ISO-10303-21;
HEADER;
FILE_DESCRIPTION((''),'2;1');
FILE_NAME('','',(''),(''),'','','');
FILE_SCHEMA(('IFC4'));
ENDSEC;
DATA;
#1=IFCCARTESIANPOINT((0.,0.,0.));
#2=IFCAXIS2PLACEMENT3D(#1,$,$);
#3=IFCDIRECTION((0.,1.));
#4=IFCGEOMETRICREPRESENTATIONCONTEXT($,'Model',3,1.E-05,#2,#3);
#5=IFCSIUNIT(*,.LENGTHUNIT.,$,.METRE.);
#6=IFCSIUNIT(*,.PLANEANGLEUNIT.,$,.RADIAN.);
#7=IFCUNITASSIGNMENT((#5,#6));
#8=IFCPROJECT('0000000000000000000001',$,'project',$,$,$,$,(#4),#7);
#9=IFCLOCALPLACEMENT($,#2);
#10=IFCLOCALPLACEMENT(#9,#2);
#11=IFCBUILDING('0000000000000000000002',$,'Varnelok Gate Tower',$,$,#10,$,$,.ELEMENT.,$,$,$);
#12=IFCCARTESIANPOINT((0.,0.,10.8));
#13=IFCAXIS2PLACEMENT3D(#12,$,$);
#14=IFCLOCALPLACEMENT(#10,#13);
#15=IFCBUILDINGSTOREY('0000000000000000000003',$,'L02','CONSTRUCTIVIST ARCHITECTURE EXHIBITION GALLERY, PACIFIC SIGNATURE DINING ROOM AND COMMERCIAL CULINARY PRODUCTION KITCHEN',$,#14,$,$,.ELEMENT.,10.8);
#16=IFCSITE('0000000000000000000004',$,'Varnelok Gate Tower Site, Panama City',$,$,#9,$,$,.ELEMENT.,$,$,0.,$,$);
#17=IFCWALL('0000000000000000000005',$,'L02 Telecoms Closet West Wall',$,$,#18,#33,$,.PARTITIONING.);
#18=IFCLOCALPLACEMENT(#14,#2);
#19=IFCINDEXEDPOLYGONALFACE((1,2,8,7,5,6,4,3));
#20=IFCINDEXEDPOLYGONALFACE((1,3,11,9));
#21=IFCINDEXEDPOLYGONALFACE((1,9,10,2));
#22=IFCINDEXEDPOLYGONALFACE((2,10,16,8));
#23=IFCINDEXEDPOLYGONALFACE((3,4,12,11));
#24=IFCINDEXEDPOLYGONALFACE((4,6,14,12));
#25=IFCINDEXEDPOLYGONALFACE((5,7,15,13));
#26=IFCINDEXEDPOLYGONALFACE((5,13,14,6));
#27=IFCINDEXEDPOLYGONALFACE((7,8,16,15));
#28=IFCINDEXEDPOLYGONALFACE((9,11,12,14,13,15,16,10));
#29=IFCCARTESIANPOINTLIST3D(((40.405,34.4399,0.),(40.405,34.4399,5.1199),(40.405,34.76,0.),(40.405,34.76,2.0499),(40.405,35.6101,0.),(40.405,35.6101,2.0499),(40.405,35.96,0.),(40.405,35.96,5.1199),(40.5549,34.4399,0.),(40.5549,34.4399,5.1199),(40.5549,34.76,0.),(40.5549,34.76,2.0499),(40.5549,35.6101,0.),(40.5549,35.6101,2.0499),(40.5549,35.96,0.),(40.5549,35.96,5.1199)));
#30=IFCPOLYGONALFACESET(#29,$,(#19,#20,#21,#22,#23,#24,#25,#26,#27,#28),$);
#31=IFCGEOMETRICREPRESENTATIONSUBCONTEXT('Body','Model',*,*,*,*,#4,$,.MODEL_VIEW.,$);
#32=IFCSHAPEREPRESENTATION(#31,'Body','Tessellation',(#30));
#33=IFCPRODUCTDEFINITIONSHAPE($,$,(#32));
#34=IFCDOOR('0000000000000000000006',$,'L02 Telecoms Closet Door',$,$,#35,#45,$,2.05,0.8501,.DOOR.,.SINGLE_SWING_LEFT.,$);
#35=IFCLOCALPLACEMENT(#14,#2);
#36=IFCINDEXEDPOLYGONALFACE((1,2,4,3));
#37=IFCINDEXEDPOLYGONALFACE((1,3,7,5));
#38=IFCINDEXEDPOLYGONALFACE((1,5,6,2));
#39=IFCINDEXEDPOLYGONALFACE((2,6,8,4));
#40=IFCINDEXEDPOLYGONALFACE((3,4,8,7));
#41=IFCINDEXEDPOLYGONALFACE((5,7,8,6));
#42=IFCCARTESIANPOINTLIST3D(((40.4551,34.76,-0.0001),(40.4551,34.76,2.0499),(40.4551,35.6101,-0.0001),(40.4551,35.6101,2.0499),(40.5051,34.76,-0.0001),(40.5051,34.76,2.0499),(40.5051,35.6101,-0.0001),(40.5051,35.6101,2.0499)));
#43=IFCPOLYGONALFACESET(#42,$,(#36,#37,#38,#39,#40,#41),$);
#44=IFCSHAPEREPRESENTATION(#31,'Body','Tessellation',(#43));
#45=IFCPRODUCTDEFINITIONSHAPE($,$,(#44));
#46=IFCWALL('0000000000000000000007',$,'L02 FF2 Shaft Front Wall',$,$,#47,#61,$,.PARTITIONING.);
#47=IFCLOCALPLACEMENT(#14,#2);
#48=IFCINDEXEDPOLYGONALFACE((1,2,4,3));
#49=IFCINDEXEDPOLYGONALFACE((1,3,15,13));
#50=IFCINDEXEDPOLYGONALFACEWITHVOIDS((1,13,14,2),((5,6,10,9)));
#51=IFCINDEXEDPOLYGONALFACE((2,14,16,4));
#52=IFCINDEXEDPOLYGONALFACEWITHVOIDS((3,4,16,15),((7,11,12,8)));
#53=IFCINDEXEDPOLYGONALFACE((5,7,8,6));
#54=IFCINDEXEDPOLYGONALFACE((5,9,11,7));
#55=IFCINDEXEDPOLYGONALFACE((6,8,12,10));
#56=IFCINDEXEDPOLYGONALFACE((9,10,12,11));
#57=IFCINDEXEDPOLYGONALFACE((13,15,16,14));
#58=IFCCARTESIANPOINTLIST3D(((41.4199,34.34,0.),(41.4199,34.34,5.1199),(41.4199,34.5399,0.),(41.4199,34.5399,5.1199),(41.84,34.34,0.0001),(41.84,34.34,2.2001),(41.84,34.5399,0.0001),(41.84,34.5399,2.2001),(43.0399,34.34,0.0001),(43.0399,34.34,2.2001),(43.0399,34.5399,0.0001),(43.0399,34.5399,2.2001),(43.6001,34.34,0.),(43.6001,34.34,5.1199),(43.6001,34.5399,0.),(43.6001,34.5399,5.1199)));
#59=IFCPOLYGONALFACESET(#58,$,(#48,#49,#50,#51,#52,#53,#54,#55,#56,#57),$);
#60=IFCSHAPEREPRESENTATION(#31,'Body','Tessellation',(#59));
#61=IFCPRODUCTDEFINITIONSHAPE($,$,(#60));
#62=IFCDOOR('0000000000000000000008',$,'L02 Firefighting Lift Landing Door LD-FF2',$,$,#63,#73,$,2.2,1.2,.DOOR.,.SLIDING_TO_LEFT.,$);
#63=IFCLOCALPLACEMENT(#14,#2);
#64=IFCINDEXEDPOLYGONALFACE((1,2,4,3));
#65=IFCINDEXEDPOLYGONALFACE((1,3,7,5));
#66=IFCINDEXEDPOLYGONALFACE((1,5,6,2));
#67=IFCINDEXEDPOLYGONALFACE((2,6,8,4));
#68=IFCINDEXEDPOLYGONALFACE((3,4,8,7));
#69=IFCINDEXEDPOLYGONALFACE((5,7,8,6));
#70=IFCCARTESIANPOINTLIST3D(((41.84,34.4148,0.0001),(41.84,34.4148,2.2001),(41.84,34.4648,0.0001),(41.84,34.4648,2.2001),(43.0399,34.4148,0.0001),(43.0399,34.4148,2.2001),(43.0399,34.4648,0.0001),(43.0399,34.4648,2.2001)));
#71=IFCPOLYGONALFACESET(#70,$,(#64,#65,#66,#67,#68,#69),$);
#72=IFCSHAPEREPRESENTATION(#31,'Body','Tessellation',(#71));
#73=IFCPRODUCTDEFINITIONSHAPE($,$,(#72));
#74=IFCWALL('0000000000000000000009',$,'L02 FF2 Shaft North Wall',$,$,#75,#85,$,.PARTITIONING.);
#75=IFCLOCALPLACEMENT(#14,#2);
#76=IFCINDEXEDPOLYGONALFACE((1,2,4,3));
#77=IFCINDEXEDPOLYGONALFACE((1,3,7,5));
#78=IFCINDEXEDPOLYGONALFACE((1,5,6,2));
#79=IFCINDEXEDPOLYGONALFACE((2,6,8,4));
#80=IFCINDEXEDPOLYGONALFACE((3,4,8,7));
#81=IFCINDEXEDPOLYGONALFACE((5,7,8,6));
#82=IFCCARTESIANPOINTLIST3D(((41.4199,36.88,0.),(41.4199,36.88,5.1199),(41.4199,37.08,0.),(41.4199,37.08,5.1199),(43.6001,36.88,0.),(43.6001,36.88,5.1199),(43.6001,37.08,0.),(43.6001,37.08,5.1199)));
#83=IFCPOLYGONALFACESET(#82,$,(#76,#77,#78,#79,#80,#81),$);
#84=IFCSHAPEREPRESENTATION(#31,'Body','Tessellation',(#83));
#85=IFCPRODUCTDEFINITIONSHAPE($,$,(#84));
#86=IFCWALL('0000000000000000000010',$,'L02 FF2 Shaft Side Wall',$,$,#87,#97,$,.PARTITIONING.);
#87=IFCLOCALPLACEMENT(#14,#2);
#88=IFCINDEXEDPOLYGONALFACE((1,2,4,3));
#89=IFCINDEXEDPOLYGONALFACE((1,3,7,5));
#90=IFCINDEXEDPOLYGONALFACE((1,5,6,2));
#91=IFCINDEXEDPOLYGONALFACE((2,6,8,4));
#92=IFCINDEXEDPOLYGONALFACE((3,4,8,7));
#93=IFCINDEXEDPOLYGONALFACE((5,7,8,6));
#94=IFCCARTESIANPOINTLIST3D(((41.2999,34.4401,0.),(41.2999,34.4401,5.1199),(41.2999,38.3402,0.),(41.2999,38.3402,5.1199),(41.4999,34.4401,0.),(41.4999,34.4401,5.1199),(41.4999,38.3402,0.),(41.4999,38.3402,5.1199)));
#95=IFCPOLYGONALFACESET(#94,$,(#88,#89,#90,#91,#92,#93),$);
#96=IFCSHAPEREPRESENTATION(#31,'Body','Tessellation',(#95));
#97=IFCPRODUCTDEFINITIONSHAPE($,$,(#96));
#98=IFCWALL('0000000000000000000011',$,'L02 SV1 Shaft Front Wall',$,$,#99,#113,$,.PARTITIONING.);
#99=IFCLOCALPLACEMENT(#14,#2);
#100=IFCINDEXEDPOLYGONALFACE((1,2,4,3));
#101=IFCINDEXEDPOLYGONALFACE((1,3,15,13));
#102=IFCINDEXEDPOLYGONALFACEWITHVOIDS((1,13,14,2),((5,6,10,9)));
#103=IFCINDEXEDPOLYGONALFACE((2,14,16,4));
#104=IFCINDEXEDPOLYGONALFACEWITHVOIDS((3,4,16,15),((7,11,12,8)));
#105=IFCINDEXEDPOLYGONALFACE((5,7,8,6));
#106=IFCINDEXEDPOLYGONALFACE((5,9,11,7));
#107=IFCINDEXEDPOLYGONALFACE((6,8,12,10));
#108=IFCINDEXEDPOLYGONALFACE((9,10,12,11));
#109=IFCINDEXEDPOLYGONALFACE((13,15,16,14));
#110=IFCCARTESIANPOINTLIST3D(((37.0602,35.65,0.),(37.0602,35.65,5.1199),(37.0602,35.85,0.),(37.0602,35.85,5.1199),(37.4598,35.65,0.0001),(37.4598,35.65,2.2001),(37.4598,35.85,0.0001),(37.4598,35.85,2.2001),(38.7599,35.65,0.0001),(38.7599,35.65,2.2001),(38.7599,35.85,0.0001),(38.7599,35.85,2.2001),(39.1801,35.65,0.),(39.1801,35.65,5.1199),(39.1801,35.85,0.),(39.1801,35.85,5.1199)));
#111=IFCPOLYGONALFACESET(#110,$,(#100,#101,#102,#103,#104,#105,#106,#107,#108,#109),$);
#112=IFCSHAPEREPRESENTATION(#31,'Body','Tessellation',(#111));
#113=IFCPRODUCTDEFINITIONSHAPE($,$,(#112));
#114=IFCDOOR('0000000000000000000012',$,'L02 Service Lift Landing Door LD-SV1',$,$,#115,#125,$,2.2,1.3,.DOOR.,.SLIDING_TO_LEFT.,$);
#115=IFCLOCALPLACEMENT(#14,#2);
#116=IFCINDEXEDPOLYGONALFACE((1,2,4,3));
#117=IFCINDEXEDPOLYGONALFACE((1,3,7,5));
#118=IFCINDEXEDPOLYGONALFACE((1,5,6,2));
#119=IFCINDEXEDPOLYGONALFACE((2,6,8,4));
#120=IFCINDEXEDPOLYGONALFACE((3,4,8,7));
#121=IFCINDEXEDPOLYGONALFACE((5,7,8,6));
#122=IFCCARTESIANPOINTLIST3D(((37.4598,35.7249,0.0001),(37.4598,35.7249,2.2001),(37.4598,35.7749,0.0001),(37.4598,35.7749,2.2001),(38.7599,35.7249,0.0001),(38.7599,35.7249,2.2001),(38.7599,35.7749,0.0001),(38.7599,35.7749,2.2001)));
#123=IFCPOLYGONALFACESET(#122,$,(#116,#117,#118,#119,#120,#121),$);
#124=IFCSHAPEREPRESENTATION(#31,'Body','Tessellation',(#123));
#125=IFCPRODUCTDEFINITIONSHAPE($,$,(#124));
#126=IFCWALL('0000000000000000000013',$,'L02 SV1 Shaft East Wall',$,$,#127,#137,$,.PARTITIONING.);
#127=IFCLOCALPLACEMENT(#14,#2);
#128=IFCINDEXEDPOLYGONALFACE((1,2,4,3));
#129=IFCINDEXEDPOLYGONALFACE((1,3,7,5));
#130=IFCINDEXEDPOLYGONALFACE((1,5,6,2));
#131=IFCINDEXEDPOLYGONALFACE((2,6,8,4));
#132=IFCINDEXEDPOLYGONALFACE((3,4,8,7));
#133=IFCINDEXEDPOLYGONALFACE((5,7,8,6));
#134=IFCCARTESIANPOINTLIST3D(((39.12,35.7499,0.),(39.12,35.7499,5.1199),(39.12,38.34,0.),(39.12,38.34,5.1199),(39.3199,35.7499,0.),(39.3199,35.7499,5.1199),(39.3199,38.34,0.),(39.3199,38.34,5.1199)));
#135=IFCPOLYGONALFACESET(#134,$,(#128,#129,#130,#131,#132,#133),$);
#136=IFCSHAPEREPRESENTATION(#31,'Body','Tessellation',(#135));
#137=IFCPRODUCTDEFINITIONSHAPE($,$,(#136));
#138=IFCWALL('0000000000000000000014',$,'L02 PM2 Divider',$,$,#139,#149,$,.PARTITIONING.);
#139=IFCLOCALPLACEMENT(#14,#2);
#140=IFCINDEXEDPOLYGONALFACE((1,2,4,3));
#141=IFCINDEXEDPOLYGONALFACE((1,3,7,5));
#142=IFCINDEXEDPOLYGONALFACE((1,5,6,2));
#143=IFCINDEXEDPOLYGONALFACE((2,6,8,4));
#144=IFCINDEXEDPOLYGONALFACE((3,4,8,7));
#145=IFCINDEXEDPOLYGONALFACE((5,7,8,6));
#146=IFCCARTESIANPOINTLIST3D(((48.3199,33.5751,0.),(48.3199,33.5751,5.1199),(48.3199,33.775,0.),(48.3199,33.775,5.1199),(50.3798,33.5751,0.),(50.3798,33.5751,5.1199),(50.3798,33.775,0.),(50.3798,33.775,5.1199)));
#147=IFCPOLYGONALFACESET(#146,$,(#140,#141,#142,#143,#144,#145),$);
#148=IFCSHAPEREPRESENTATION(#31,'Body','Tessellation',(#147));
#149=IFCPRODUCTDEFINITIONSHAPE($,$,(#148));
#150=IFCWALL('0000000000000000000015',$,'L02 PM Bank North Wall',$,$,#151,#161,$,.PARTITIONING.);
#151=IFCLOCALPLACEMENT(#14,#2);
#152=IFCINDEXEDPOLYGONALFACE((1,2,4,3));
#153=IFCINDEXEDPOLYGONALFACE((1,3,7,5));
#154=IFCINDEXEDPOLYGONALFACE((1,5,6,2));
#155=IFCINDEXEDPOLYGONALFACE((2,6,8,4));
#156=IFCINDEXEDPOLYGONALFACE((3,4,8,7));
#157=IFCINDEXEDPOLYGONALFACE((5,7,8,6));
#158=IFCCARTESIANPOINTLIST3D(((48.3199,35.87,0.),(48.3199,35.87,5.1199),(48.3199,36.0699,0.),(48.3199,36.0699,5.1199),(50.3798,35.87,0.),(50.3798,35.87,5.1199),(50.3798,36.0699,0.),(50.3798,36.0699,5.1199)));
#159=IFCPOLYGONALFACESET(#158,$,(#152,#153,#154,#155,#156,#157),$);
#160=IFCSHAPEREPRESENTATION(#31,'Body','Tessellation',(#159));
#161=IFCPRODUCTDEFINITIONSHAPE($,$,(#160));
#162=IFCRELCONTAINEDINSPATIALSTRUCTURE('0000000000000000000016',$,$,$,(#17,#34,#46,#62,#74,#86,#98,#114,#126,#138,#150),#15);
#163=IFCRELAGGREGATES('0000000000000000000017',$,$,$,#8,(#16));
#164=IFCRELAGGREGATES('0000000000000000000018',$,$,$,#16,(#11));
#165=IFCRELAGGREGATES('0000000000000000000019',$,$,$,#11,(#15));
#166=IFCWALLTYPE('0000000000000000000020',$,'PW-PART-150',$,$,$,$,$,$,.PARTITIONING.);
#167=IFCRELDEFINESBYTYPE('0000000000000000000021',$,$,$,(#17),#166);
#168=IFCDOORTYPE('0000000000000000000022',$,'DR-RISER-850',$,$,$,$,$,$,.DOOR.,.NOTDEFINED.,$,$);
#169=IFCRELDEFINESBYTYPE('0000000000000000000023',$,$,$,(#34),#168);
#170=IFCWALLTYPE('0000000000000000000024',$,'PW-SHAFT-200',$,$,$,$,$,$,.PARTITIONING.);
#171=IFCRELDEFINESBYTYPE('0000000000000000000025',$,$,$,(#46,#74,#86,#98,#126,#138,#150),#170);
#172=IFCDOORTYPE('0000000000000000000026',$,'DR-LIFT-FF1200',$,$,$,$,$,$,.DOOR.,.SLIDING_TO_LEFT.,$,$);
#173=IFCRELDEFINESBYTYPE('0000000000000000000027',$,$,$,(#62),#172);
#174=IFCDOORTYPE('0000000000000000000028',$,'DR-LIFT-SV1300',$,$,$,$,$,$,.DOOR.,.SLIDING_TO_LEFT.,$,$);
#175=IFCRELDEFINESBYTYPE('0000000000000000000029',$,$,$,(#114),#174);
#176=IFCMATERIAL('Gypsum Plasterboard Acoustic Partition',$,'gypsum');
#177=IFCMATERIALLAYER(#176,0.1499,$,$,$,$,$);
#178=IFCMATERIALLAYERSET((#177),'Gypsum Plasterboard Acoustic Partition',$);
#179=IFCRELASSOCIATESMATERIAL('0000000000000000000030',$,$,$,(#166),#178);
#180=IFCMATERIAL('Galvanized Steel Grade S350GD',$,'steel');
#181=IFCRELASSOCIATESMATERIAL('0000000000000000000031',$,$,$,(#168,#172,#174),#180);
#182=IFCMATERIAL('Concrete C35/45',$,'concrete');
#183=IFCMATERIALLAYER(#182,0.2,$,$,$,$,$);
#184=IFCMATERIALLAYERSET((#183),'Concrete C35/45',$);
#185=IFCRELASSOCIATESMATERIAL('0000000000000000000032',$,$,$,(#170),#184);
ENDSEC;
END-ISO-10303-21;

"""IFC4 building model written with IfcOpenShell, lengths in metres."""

from ifc_helpers import new_model, si_unit, direction, frame, frame_2d, origin, place, context, subcontext, project, spatial, rectangle, extrude, material, layer, layer_set, type_object, element, fill, save


model = new_model("IFC4")

# Units and contexts
model_context = context("Model", 3, precision=1e-05, world=origin(), true_north=direction((0.0, 1.0)))
body_context = subcontext(model_context, "Body", "Model", "MODEL_VIEW")
ifc_project = project(units=[si_unit("LENGTHUNIT", "METRE"), si_unit("PLANEANGLEUNIT", "RADIAN")], contexts=[model_context])

# Site, building, storey
site_placement = place(None, origin())
site = spatial("IfcSite", under=ifc_project, at=site_placement, Name="Varnelok Gate Tower Site, Panama City", CompositionType="ELEMENT", RefElevation=0.0)
building_placement = place(site_placement, origin())
building = spatial("IfcBuilding", under=site, at=building_placement, Name="Varnelok Gate Tower", CompositionType="ELEMENT")
storey_placement = place(building_placement, frame((0.0, 0.0, 10.8)))
storey = spatial("IfcBuildingStorey", under=building, at=storey_placement, Name="L02", Description="CONSTRUCTIVIST ARCHITECTURE EXHIBITION GALLERY, PACIFIC SIGNATURE DINING ROOM AND COMMERCIAL CULINARY PRODUCTION KITCHEN", CompositionType="ELEMENT", Elevation=10.8)

# Shared definitions
ifc_material_1 = material(Name="Gypsum Plasterboard Acoustic Partition", Category="gypsum")
ifc_layer_1 = layer(ifc_material_1, 0.1499)
ifc_layer_set_1 = layer_set([ifc_layer_1], Name="Gypsum Plasterboard Acoustic Partition")
wall_type_1 = type_object("IfcWallType", Name="PW-PART-150", PredefinedType="PARTITIONING", material=ifc_layer_set_1)

# Walls, openings, doors
ifc_material_2 = material(Name="Galvanized Steel Grade S350GD", Category="steel")
door_type_1 = type_object("IfcDoorType", Name="DR-RISER-850", OperationType="NOTDEFINED", PredefinedType="DOOR", material=ifc_material_2)
wall_1_placement = place(storey_placement, frame((40.48, 34.4399, 0.0), z_axis=(0.0, 0.0, 1.0), x_axis=(0.0, 1.0, 0.0)))
wall_1 = element("IfcWall", 1, at=wall_1_placement, inside=storey, type_object=wall_type_1, Name="L02 Telecoms Closet West Wall", PredefinedType="PARTITIONING", context=body_context, shape_type="SweptSolid", body=[
    extrude(rectangle(XDim=1.52, YDim=0.1499, at=frame_2d((0.76, 0.0))), origin(), (0.0, 0.0, 1.0), 5.1199),
])
opening_1_placement = place(wall_1_placement, frame((0.3201, 0.0, 0.0)))
opening_1 = element("IfcOpeningElement", 2, at=opening_1_placement, cuts=wall_1, PredefinedType="OPENING", context=body_context, shape_type="SweptSolid", body=[
    extrude(rectangle(XDim=0.8501, YDim=2.05, at=frame_2d((0.425, 1.0249))), frame((0.0, 0.085, 0.0), z_axis=(0.0, -1.0, 0.0), x_axis=(1.0, 0.0, 0.0)), (0.0, 0.0, 1.0), 0.1699),
])
door_1_placement = place(opening_1_placement, origin())
door_1 = element("IfcDoor", 3, at=door_1_placement, inside=storey, type_object=door_type_1, Name="L02 Telecoms Closet Door", OperationType="SINGLE_SWING_LEFT", OverallHeight=2.05, OverallWidth=0.8501, PredefinedType="DOOR", context=body_context, shape_type="SweptSolid", body=[
    extrude(rectangle(XDim=0.8501, YDim=2.05, at=frame_2d((0.425, 1.0249))), frame((0.0, 0.0249, 0.0), z_axis=(0.0, -1.0, 0.0), x_axis=(1.0, 0.0, 0.0)), (0.0, 0.0, 1.0), 0.05),
])
fill(opening_1, door_1)
ifc_material_3 = material(Name="Concrete C35/45", Category="concrete")
ifc_layer_2 = layer(ifc_material_3, 0.2)
ifc_layer_set_2 = layer_set([ifc_layer_2], Name="Concrete C35/45")
wall_type_2 = type_object("IfcWallType", Name="PW-SHAFT-200", PredefinedType="PARTITIONING", material=ifc_layer_set_2)
wall_2_placement = place(storey_placement, frame((41.4199, 34.4399, 0.0), z_axis=(0.0, 0.0, 1.0), x_axis=(1.0, 0.0, 0.0)))
wall_2 = element("IfcWall", 4, at=wall_2_placement, inside=storey, type_object=wall_type_2, Name="L02 FF2 Shaft Front Wall", PredefinedType="PARTITIONING", context=body_context, shape_type="SweptSolid", body=[
    extrude(rectangle(XDim=2.1802, YDim=0.2, at=frame_2d((1.0901, 0.0))), origin(), (0.0, 0.0, 1.0), 5.1199),
])
opening_2_placement = place(wall_2_placement, frame((0.4199, 0.0, 0.0)))
opening_2 = element("IfcOpeningElement", 5, at=opening_2_placement, cuts=wall_2, PredefinedType="OPENING", context=body_context, shape_type="SweptSolid", body=[
    extrude(rectangle(XDim=1.2, YDim=2.2, at=frame_2d((0.6001, 1.1001))), frame((0.0, 0.1099, 0.0), z_axis=(0.0, -1.0, 0.0), x_axis=(1.0, 0.0, 0.0)), (0.0, 0.0, 1.0), 0.22),
])
door_type_2 = type_object("IfcDoorType", Name="DR-LIFT-FF1200", OperationType="SLIDING_TO_LEFT", PredefinedType="DOOR", material=ifc_material_2)
door_2_placement = place(opening_2_placement, origin())
door_2 = element("IfcDoor", 6, at=door_2_placement, inside=storey, type_object=door_type_2, Name="L02 Firefighting Lift Landing Door LD-FF2", OperationType="SLIDING_TO_LEFT", OverallHeight=2.2, OverallWidth=1.2, PredefinedType="DOOR", context=body_context, shape_type="SweptSolid", body=[
    extrude(rectangle(XDim=1.2, YDim=2.2, at=frame_2d((0.6001, 1.1001))), frame((0.0, 0.0249, 0.0), z_axis=(0.0, -1.0, 0.0), x_axis=(1.0, 0.0, 0.0)), (0.0, 0.0, 1.0), 0.05),
])
fill(opening_2, door_2)

# Walls
wall_3_placement = place(storey_placement, frame((41.4199, 36.98, 0.0), z_axis=(0.0, 0.0, 1.0), x_axis=(1.0, 0.0, 0.0)))
element("IfcWall", 7, at=wall_3_placement, inside=storey, type_object=wall_type_2, Name="L02 FF2 Shaft North Wall", PredefinedType="PARTITIONING", context=body_context, shape_type="SweptSolid", body=[
    extrude(rectangle(XDim=2.1802, YDim=0.2, at=frame_2d((1.0901, 0.0))), origin(), (0.0, 0.0, 1.0), 5.1199),
])
wall_4_placement = place(storey_placement, frame((41.3999, 34.4399, 0.0), z_axis=(0.0, 0.0, 1.0), x_axis=(0.0, 1.0, 0.0)))
element("IfcWall", 8, at=wall_4_placement, inside=storey, type_object=wall_type_2, Name="L02 FF2 Shaft Side Wall", PredefinedType="PARTITIONING", context=body_context, shape_type="SweptSolid", body=[
    extrude(rectangle(XDim=3.9001, YDim=0.2, at=frame_2d((1.9502, 0.0))), origin(), (0.0, 0.0, 1.0), 5.1199),
])

# Wall, opening, door
wall_5_placement = place(storey_placement, frame((37.0601, 35.75, 0.0), z_axis=(0.0, 0.0, 1.0), x_axis=(1.0, 0.0, 0.0)))
wall_5 = element("IfcWall", 9, at=wall_5_placement, inside=storey, type_object=wall_type_2, Name="L02 SV1 Shaft Front Wall", PredefinedType="PARTITIONING", context=body_context, shape_type="SweptSolid", body=[
    extrude(rectangle(XDim=2.1199, YDim=0.2, at=frame_2d((1.0601, 0.0))), origin(), (0.0, 0.0, 1.0), 5.1199),
])
opening_3_placement = place(wall_5_placement, frame((0.3999, 0.0, 0.0)))
opening_3 = element("IfcOpeningElement", 10, at=opening_3_placement, cuts=wall_5, PredefinedType="OPENING", context=body_context, shape_type="SweptSolid", body=[
    extrude(rectangle(XDim=1.3, YDim=2.2, at=frame_2d((0.6499, 1.1001))), frame((0.0, 0.1099, 0.0), z_axis=(0.0, -1.0, 0.0), x_axis=(1.0, 0.0, 0.0)), (0.0, 0.0, 1.0), 0.22),
])
door_type_3 = type_object("IfcDoorType", Name="DR-LIFT-SV1300", OperationType="SLIDING_TO_LEFT", PredefinedType="DOOR", material=ifc_material_2)
door_3_placement = place(opening_3_placement, origin())
door_3 = element("IfcDoor", 11, at=door_3_placement, inside=storey, type_object=door_type_3, Name="L02 Service Lift Landing Door LD-SV1", OperationType="SLIDING_TO_LEFT", OverallHeight=2.2, OverallWidth=1.3, PredefinedType="DOOR", context=body_context, shape_type="SweptSolid", body=[
    extrude(rectangle(XDim=1.3, YDim=2.2, at=frame_2d((0.6499, 1.1001))), frame((0.0, 0.0249, 0.0), z_axis=(0.0, -1.0, 0.0), x_axis=(1.0, 0.0, 0.0)), (0.0, 0.0, 1.0), 0.05),
])
fill(opening_3, door_3)

# Walls
wall_6_placement = place(storey_placement, frame((39.22, 35.75, 0.0), z_axis=(0.0, 0.0, 1.0), x_axis=(0.0, 1.0, 0.0)))
element("IfcWall", 12, at=wall_6_placement, inside=storey, type_object=wall_type_2, Name="L02 SV1 Shaft East Wall", PredefinedType="PARTITIONING", context=body_context, shape_type="SweptSolid", body=[
    extrude(rectangle(XDim=2.5901, YDim=0.2, at=frame_2d((1.2949, 0.0))), origin(), (0.0, 0.0, 1.0), 5.1199),
])
for number, where, z_axis, x_axis, name in (
    (13, (48.3201, 33.675, 0.0), (0.0, 0.0, 1.0), (1.0, 0.0, 0.0), "L02 PM2 Divider"),
    (14, (48.3201, 35.97, 0.0), (0.0, 0.0, 1.0), (1.0, 0.0, 0.0), "L02 PM Bank North Wall"),
):
    element("IfcWall", number, at=place(storey_placement, frame(where, z_axis=z_axis, x_axis=x_axis)), inside=storey, type_object=wall_type_2, Name=name, PredefinedType="PARTITIONING", context=body_context, shape_type="SweptSolid", body=[
        extrude(rectangle(XDim=2.0598, YDim=0.2, at=frame_2d((1.0298, 0.0))), origin(), (0.0, 0.0, 1.0), 5.1199),
    ])

save(model, "model.ifc")
